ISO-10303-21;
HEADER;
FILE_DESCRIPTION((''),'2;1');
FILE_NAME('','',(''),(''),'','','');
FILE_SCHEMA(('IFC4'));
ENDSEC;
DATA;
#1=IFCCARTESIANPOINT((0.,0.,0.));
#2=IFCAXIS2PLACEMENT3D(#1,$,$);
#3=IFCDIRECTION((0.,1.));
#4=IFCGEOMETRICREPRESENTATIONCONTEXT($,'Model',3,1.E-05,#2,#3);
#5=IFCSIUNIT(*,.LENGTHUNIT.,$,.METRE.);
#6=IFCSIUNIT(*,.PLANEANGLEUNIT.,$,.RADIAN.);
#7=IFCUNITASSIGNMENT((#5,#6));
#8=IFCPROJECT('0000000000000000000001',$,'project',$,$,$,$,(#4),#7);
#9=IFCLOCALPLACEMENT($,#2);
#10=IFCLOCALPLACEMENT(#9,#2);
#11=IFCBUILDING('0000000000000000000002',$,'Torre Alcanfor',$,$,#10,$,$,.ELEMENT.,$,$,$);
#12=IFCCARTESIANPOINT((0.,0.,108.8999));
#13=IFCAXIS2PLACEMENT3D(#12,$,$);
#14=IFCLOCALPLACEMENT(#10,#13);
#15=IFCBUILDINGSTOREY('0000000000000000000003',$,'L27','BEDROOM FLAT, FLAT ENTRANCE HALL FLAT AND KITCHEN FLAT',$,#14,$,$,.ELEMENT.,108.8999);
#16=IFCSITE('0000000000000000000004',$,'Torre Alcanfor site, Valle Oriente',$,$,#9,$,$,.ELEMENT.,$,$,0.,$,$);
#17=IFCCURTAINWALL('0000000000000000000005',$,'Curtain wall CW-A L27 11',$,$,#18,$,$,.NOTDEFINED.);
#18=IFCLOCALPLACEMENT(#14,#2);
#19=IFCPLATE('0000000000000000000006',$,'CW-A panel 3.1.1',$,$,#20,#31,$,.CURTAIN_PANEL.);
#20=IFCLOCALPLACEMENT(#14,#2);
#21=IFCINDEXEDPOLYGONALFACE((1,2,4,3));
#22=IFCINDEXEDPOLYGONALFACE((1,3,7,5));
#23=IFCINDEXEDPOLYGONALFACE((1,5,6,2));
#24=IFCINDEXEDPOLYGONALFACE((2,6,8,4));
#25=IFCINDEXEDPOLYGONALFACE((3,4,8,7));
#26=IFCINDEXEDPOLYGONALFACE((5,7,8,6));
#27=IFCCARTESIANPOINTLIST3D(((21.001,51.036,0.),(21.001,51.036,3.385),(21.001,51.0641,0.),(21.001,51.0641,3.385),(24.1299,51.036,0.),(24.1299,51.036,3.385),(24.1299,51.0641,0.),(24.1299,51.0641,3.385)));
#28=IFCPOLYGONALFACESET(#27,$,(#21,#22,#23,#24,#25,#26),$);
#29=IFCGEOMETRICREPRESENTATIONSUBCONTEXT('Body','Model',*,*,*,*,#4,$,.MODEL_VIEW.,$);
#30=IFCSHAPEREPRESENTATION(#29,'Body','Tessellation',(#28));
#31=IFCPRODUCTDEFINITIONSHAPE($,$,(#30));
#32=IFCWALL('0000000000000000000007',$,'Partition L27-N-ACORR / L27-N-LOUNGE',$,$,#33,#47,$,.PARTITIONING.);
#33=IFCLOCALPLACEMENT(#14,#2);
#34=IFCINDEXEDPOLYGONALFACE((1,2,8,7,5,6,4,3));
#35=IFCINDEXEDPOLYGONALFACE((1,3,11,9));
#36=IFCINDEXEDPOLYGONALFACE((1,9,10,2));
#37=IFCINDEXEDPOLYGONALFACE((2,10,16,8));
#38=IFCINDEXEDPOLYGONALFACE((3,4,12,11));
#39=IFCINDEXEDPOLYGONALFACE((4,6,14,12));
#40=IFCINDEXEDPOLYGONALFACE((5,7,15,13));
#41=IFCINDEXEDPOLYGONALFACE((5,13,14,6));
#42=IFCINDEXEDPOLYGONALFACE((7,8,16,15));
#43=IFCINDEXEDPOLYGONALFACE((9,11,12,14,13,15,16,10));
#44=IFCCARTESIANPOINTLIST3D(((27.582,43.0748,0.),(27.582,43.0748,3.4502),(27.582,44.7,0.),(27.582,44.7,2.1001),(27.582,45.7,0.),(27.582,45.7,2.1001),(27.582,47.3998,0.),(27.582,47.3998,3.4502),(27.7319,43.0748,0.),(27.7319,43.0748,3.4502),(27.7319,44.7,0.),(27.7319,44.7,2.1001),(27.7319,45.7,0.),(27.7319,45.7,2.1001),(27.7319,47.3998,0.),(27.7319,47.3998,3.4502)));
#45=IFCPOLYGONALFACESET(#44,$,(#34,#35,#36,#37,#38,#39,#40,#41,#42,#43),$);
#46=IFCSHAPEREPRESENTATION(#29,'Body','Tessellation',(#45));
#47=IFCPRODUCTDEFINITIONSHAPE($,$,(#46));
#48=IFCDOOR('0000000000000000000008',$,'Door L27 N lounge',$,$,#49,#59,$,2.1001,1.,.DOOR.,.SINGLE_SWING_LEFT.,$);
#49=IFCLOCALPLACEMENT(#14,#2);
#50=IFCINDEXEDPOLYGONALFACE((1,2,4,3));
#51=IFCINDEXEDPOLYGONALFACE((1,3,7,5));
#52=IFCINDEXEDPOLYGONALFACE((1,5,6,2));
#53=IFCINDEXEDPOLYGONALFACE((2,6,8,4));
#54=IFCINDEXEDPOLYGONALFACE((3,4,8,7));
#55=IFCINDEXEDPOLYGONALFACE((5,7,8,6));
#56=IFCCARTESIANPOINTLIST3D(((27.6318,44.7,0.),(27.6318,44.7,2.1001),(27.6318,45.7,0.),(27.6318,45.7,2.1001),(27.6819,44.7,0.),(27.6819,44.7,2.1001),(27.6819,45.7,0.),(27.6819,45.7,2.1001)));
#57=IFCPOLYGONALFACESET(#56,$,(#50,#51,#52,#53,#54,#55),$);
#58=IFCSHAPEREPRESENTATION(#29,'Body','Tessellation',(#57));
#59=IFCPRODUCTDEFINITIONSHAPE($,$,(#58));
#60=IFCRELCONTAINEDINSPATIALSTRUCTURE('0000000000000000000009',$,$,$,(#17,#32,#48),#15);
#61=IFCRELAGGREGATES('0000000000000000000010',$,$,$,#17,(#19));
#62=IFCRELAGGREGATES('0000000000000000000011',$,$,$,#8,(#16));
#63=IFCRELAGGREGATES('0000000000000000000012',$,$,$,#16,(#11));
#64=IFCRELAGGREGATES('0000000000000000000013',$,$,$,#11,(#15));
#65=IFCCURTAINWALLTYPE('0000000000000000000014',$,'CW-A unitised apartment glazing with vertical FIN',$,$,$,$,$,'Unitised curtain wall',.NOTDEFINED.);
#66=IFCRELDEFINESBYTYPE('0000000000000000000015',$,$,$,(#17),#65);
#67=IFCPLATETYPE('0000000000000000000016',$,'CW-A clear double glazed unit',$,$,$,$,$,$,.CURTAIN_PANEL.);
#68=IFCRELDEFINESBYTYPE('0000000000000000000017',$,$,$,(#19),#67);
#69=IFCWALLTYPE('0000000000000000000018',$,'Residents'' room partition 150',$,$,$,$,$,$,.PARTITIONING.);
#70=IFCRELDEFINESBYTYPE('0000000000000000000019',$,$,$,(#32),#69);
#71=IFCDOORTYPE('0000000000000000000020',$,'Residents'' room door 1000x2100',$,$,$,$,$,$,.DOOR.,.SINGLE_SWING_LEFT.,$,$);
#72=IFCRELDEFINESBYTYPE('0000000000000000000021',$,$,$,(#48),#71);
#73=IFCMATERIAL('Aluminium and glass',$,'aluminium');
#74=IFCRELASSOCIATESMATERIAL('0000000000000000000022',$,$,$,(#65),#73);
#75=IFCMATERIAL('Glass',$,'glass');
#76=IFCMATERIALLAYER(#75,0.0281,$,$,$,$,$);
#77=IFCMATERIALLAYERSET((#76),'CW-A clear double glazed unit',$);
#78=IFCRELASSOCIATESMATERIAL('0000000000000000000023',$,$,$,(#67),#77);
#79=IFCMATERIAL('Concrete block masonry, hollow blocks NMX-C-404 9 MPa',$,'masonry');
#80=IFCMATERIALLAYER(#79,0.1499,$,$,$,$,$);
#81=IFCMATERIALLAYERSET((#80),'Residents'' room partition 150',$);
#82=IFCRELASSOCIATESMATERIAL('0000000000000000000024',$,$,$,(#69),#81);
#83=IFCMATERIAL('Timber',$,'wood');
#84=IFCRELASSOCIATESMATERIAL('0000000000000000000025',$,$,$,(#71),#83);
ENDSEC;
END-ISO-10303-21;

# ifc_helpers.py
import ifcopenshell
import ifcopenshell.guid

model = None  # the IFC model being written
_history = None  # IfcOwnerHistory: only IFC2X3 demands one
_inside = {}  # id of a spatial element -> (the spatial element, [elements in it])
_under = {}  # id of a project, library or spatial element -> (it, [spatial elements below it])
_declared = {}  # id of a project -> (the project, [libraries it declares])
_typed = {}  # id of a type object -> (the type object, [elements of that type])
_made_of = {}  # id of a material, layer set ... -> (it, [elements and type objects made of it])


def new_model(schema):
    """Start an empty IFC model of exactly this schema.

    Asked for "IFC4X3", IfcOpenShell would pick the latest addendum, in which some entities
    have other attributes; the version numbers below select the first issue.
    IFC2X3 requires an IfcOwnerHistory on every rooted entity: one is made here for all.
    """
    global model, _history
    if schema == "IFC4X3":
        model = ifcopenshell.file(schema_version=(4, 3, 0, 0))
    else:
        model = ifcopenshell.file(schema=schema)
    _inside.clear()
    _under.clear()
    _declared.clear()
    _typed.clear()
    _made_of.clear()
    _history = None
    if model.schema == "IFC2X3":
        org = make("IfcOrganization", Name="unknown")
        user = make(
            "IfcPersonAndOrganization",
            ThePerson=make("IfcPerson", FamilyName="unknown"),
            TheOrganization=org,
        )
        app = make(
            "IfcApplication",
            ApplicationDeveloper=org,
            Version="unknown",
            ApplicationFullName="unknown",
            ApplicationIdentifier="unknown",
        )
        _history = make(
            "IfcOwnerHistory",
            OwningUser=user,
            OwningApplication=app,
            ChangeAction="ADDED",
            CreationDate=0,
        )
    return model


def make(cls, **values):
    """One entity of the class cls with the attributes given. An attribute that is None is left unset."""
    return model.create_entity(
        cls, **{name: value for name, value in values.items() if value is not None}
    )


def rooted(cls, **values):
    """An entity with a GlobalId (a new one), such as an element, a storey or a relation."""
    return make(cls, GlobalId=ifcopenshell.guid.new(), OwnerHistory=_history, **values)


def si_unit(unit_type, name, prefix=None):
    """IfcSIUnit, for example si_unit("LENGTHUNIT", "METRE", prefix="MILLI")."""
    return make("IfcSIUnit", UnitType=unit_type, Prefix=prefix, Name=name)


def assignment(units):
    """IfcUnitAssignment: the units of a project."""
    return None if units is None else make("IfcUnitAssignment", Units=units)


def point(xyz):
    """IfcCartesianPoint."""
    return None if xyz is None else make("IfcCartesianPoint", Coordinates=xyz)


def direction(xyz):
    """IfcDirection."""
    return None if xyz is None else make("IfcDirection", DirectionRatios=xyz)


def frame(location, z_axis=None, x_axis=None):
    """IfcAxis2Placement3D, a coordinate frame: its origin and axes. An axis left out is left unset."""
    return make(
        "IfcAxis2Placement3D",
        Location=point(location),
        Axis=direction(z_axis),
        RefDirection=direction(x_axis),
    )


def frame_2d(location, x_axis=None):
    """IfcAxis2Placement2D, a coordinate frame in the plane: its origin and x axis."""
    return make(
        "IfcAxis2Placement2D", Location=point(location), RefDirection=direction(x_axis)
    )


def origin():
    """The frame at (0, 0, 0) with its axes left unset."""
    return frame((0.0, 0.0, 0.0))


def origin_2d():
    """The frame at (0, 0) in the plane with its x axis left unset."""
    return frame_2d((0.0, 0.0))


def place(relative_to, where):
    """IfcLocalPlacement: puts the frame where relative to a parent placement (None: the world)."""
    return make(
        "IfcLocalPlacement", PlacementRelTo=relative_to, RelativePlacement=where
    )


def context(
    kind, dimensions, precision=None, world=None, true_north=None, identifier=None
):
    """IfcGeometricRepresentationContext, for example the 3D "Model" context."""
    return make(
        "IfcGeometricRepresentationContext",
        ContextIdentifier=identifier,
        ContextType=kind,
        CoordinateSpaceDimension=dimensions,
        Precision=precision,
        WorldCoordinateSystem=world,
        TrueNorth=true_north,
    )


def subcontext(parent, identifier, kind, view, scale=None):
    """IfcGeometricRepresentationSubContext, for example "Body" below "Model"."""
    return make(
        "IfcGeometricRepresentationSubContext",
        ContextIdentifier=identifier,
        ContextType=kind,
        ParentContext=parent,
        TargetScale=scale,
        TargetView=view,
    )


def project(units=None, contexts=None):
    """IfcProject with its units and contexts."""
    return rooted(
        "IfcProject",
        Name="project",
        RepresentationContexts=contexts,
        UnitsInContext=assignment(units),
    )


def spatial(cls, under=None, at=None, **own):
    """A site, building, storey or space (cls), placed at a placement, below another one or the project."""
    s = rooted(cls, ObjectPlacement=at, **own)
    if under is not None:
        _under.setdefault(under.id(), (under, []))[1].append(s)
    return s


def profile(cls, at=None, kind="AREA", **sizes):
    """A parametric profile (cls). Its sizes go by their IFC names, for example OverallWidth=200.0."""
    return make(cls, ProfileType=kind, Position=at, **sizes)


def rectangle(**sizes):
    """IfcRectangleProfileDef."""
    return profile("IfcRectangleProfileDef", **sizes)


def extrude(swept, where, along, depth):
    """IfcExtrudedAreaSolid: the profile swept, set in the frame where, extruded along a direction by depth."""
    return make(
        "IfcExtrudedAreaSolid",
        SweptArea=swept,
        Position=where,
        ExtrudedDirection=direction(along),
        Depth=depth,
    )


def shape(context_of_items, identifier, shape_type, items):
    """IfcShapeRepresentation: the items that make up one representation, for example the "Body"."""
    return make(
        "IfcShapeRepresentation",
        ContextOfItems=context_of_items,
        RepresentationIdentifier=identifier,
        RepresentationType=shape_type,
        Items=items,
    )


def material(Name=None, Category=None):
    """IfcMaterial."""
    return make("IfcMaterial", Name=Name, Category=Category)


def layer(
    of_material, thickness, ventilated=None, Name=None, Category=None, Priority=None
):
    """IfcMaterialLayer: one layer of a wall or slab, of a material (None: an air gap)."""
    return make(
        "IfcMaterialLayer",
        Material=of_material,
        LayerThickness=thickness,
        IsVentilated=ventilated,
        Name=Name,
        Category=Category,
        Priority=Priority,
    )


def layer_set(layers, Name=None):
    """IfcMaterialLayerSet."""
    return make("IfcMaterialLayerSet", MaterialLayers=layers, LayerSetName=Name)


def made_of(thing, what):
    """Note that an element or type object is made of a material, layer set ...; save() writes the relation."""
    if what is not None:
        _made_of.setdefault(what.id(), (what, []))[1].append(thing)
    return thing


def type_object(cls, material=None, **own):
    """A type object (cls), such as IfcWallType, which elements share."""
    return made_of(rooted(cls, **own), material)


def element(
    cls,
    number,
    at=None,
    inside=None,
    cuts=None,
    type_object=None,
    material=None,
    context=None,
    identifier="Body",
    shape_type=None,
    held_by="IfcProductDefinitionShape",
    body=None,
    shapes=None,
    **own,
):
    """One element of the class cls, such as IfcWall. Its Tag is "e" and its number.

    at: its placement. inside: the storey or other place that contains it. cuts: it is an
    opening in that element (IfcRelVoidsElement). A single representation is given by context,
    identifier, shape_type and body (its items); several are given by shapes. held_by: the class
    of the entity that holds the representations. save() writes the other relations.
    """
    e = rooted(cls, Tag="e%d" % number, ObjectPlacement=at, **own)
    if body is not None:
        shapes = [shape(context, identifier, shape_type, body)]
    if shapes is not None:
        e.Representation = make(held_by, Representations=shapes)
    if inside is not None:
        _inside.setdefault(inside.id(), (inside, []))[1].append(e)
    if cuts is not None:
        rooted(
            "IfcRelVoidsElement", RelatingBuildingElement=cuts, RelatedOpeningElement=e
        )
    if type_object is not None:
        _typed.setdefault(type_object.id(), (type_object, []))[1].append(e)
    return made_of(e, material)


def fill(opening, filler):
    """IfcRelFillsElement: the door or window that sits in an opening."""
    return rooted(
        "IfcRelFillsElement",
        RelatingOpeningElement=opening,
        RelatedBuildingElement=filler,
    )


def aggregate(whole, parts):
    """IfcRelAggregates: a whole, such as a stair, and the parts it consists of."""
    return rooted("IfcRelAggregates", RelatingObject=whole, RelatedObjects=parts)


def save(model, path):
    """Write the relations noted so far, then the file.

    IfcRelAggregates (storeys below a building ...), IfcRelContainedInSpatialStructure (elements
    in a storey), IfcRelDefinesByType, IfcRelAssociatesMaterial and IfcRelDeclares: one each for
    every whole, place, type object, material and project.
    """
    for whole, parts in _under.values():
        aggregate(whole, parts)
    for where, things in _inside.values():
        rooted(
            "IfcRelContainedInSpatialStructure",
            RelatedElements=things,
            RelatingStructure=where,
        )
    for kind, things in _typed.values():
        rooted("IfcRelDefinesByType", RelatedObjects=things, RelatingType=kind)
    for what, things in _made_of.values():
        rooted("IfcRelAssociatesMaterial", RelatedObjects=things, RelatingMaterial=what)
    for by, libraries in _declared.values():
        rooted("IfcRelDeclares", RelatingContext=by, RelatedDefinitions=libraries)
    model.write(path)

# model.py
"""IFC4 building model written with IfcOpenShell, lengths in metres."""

from ifc_helpers import new_model, si_unit, direction, frame, frame_2d, origin, origin_2d, place, context, subcontext, project, spatial, rectangle, extrude, material, layer, layer_set, type_object, element, fill, aggregate, save


model = new_model("IFC4")

# Units and contexts
model_context = context("Model", 3, precision=1e-05, world=origin(), true_north=direction((0.0, 1.0)))
body_context = subcontext(model_context, "Body", "Model", "MODEL_VIEW")
ifc_project = project(units=[si_unit("LENGTHUNIT", "METRE"), si_unit("PLANEANGLEUNIT", "RADIAN")], contexts=[model_context])

# Site, building, storey
site_placement = place(None, origin())
site = spatial("IfcSite", under=ifc_project, at=site_placement, Name="Torre Alcanfor site, Valle Oriente", CompositionType="ELEMENT", RefElevation=0.0)
building_placement = place(site_placement, origin())
building = spatial("IfcBuilding", under=site, at=building_placement, Name="Torre Alcanfor", CompositionType="ELEMENT")
storey_placement = place(building_placement, frame((0.0, 0.0, 108.8999)))
storey = spatial("IfcBuildingStorey", under=building, at=storey_placement, Name="L27", Description="BEDROOM FLAT, FLAT ENTRANCE HALL FLAT AND KITCHEN FLAT", CompositionType="ELEMENT", Elevation=108.8999)

# Curtain wall
ifc_material_1 = material(Name="Aluminium and glass", Category="aluminium")
curtain_wall_type = type_object("IfcCurtainWallType", Name="CW-A unitised apartment glazing with vertical FIN", ElementType="Unitised curtain wall", PredefinedType="NOTDEFINED", material=ifc_material_1)
curtain_wall_placement = place(storey_placement, origin())
curtain_wall = element("IfcCurtainWall", 1, at=curtain_wall_placement, inside=storey, type_object=curtain_wall_type, Name="Curtain wall CW-A L27 11", PredefinedType="NOTDEFINED")

# Plate
ifc_material_2 = material(Name="Glass", Category="glass")
ifc_layer_1 = layer(ifc_material_2, 0.0281)
ifc_layer_set_1 = layer_set([ifc_layer_1], Name="CW-A clear double glazed unit")
plate_type = type_object("IfcPlateType", Name="CW-A clear double glazed unit", PredefinedType="CURTAIN_PANEL", material=ifc_layer_set_1)
plate_1_placement = place(storey_placement, frame((22.5654, 51.05, 0.0), z_axis=(0.0, 0.0, 1.0), x_axis=(-1.0, 0.0, 0.0)))
plate_1 = element("IfcPlate", 2, at=plate_1_placement, type_object=plate_type, Name="CW-A panel 3.1.1", PredefinedType="CURTAIN_PANEL", context=body_context, shape_type="SweptSolid", body=[
    extrude(rectangle(XDim=3.1289, YDim=0.0281, at=origin_2d()), origin(), (0.0, 0.0, 1.0), 3.385),
])
aggregate(curtain_wall, [plate_1])

# Wall, opening, door
ifc_material_3 = material(Name="Concrete block masonry, hollow blocks NMX-C-404 9 MPa", Category="masonry")
ifc_layer_2 = layer(ifc_material_3, 0.1499)
ifc_layer_set_2 = layer_set([ifc_layer_2], Name="Residents' room partition 150")
wall_type = type_object("IfcWallType", Name="Residents' room partition 150", PredefinedType="PARTITIONING", material=ifc_layer_set_2)
wall_placement = place(storey_placement, frame((27.657, 47.3999, 0.0), z_axis=(0.0, 0.0, 1.0), x_axis=(0.0, -1.0, 0.0)))
wall = element("IfcWall", 3, at=wall_placement, inside=storey, type_object=wall_type, Name="Partition L27-N-ACORR / L27-N-LOUNGE", PredefinedType="PARTITIONING", context=body_context, shape_type="SweptSolid", body=[
    extrude(rectangle(XDim=4.325, YDim=0.1499, at=frame_2d((2.1626, 0.0))), origin(), (0.0, 0.0, 1.0), 3.4502),
])
opening_placement = place(wall_placement, frame((1.7, 0.0, 0.0)))
opening = element("IfcOpeningElement", 4, at=opening_placement, cuts=wall, PredefinedType="OPENING", context=body_context, shape_type="SweptSolid", body=[
    extrude(rectangle(XDim=1.0, YDim=2.1001, at=frame_2d((0.5, 1.05))), frame((0.0, 0.085, 0.0), z_axis=(0.0, -1.0, 0.0), x_axis=(1.0, 0.0, 0.0)), (0.0, 0.0, 1.0), 0.1699),
])
ifc_material_4 = material(Name="Timber", Category="wood")
door_type = type_object("IfcDoorType", Name="Residents' room door 1000x2100", OperationType="SINGLE_SWING_LEFT", PredefinedType="DOOR", material=ifc_material_4)
door_placement = place(opening_placement, frame((1.0, 0.0, 0.0), z_axis=(0.0, 0.0, 1.0), x_axis=(-1.0, 0.0, 0.0)))
door = element("IfcDoor", 5, at=door_placement, inside=storey, type_object=door_type, Name="Door L27 N lounge", OperationType="SINGLE_SWING_LEFT", OverallHeight=2.1001, OverallWidth=1.0, PredefinedType="DOOR", context=body_context, shape_type="SweptSolid", body=[
    extrude(rectangle(XDim=1.0, YDim=2.1001, at=frame_2d((0.5, 1.05))), frame((0.0, 0.0251, 0.0), z_axis=(0.0, -1.0, 0.0), x_axis=(1.0, 0.0, 0.0)), (0.0, 0.0, 1.0), 0.05),
])
fill(opening, door)

save(model, "model.ifc")
